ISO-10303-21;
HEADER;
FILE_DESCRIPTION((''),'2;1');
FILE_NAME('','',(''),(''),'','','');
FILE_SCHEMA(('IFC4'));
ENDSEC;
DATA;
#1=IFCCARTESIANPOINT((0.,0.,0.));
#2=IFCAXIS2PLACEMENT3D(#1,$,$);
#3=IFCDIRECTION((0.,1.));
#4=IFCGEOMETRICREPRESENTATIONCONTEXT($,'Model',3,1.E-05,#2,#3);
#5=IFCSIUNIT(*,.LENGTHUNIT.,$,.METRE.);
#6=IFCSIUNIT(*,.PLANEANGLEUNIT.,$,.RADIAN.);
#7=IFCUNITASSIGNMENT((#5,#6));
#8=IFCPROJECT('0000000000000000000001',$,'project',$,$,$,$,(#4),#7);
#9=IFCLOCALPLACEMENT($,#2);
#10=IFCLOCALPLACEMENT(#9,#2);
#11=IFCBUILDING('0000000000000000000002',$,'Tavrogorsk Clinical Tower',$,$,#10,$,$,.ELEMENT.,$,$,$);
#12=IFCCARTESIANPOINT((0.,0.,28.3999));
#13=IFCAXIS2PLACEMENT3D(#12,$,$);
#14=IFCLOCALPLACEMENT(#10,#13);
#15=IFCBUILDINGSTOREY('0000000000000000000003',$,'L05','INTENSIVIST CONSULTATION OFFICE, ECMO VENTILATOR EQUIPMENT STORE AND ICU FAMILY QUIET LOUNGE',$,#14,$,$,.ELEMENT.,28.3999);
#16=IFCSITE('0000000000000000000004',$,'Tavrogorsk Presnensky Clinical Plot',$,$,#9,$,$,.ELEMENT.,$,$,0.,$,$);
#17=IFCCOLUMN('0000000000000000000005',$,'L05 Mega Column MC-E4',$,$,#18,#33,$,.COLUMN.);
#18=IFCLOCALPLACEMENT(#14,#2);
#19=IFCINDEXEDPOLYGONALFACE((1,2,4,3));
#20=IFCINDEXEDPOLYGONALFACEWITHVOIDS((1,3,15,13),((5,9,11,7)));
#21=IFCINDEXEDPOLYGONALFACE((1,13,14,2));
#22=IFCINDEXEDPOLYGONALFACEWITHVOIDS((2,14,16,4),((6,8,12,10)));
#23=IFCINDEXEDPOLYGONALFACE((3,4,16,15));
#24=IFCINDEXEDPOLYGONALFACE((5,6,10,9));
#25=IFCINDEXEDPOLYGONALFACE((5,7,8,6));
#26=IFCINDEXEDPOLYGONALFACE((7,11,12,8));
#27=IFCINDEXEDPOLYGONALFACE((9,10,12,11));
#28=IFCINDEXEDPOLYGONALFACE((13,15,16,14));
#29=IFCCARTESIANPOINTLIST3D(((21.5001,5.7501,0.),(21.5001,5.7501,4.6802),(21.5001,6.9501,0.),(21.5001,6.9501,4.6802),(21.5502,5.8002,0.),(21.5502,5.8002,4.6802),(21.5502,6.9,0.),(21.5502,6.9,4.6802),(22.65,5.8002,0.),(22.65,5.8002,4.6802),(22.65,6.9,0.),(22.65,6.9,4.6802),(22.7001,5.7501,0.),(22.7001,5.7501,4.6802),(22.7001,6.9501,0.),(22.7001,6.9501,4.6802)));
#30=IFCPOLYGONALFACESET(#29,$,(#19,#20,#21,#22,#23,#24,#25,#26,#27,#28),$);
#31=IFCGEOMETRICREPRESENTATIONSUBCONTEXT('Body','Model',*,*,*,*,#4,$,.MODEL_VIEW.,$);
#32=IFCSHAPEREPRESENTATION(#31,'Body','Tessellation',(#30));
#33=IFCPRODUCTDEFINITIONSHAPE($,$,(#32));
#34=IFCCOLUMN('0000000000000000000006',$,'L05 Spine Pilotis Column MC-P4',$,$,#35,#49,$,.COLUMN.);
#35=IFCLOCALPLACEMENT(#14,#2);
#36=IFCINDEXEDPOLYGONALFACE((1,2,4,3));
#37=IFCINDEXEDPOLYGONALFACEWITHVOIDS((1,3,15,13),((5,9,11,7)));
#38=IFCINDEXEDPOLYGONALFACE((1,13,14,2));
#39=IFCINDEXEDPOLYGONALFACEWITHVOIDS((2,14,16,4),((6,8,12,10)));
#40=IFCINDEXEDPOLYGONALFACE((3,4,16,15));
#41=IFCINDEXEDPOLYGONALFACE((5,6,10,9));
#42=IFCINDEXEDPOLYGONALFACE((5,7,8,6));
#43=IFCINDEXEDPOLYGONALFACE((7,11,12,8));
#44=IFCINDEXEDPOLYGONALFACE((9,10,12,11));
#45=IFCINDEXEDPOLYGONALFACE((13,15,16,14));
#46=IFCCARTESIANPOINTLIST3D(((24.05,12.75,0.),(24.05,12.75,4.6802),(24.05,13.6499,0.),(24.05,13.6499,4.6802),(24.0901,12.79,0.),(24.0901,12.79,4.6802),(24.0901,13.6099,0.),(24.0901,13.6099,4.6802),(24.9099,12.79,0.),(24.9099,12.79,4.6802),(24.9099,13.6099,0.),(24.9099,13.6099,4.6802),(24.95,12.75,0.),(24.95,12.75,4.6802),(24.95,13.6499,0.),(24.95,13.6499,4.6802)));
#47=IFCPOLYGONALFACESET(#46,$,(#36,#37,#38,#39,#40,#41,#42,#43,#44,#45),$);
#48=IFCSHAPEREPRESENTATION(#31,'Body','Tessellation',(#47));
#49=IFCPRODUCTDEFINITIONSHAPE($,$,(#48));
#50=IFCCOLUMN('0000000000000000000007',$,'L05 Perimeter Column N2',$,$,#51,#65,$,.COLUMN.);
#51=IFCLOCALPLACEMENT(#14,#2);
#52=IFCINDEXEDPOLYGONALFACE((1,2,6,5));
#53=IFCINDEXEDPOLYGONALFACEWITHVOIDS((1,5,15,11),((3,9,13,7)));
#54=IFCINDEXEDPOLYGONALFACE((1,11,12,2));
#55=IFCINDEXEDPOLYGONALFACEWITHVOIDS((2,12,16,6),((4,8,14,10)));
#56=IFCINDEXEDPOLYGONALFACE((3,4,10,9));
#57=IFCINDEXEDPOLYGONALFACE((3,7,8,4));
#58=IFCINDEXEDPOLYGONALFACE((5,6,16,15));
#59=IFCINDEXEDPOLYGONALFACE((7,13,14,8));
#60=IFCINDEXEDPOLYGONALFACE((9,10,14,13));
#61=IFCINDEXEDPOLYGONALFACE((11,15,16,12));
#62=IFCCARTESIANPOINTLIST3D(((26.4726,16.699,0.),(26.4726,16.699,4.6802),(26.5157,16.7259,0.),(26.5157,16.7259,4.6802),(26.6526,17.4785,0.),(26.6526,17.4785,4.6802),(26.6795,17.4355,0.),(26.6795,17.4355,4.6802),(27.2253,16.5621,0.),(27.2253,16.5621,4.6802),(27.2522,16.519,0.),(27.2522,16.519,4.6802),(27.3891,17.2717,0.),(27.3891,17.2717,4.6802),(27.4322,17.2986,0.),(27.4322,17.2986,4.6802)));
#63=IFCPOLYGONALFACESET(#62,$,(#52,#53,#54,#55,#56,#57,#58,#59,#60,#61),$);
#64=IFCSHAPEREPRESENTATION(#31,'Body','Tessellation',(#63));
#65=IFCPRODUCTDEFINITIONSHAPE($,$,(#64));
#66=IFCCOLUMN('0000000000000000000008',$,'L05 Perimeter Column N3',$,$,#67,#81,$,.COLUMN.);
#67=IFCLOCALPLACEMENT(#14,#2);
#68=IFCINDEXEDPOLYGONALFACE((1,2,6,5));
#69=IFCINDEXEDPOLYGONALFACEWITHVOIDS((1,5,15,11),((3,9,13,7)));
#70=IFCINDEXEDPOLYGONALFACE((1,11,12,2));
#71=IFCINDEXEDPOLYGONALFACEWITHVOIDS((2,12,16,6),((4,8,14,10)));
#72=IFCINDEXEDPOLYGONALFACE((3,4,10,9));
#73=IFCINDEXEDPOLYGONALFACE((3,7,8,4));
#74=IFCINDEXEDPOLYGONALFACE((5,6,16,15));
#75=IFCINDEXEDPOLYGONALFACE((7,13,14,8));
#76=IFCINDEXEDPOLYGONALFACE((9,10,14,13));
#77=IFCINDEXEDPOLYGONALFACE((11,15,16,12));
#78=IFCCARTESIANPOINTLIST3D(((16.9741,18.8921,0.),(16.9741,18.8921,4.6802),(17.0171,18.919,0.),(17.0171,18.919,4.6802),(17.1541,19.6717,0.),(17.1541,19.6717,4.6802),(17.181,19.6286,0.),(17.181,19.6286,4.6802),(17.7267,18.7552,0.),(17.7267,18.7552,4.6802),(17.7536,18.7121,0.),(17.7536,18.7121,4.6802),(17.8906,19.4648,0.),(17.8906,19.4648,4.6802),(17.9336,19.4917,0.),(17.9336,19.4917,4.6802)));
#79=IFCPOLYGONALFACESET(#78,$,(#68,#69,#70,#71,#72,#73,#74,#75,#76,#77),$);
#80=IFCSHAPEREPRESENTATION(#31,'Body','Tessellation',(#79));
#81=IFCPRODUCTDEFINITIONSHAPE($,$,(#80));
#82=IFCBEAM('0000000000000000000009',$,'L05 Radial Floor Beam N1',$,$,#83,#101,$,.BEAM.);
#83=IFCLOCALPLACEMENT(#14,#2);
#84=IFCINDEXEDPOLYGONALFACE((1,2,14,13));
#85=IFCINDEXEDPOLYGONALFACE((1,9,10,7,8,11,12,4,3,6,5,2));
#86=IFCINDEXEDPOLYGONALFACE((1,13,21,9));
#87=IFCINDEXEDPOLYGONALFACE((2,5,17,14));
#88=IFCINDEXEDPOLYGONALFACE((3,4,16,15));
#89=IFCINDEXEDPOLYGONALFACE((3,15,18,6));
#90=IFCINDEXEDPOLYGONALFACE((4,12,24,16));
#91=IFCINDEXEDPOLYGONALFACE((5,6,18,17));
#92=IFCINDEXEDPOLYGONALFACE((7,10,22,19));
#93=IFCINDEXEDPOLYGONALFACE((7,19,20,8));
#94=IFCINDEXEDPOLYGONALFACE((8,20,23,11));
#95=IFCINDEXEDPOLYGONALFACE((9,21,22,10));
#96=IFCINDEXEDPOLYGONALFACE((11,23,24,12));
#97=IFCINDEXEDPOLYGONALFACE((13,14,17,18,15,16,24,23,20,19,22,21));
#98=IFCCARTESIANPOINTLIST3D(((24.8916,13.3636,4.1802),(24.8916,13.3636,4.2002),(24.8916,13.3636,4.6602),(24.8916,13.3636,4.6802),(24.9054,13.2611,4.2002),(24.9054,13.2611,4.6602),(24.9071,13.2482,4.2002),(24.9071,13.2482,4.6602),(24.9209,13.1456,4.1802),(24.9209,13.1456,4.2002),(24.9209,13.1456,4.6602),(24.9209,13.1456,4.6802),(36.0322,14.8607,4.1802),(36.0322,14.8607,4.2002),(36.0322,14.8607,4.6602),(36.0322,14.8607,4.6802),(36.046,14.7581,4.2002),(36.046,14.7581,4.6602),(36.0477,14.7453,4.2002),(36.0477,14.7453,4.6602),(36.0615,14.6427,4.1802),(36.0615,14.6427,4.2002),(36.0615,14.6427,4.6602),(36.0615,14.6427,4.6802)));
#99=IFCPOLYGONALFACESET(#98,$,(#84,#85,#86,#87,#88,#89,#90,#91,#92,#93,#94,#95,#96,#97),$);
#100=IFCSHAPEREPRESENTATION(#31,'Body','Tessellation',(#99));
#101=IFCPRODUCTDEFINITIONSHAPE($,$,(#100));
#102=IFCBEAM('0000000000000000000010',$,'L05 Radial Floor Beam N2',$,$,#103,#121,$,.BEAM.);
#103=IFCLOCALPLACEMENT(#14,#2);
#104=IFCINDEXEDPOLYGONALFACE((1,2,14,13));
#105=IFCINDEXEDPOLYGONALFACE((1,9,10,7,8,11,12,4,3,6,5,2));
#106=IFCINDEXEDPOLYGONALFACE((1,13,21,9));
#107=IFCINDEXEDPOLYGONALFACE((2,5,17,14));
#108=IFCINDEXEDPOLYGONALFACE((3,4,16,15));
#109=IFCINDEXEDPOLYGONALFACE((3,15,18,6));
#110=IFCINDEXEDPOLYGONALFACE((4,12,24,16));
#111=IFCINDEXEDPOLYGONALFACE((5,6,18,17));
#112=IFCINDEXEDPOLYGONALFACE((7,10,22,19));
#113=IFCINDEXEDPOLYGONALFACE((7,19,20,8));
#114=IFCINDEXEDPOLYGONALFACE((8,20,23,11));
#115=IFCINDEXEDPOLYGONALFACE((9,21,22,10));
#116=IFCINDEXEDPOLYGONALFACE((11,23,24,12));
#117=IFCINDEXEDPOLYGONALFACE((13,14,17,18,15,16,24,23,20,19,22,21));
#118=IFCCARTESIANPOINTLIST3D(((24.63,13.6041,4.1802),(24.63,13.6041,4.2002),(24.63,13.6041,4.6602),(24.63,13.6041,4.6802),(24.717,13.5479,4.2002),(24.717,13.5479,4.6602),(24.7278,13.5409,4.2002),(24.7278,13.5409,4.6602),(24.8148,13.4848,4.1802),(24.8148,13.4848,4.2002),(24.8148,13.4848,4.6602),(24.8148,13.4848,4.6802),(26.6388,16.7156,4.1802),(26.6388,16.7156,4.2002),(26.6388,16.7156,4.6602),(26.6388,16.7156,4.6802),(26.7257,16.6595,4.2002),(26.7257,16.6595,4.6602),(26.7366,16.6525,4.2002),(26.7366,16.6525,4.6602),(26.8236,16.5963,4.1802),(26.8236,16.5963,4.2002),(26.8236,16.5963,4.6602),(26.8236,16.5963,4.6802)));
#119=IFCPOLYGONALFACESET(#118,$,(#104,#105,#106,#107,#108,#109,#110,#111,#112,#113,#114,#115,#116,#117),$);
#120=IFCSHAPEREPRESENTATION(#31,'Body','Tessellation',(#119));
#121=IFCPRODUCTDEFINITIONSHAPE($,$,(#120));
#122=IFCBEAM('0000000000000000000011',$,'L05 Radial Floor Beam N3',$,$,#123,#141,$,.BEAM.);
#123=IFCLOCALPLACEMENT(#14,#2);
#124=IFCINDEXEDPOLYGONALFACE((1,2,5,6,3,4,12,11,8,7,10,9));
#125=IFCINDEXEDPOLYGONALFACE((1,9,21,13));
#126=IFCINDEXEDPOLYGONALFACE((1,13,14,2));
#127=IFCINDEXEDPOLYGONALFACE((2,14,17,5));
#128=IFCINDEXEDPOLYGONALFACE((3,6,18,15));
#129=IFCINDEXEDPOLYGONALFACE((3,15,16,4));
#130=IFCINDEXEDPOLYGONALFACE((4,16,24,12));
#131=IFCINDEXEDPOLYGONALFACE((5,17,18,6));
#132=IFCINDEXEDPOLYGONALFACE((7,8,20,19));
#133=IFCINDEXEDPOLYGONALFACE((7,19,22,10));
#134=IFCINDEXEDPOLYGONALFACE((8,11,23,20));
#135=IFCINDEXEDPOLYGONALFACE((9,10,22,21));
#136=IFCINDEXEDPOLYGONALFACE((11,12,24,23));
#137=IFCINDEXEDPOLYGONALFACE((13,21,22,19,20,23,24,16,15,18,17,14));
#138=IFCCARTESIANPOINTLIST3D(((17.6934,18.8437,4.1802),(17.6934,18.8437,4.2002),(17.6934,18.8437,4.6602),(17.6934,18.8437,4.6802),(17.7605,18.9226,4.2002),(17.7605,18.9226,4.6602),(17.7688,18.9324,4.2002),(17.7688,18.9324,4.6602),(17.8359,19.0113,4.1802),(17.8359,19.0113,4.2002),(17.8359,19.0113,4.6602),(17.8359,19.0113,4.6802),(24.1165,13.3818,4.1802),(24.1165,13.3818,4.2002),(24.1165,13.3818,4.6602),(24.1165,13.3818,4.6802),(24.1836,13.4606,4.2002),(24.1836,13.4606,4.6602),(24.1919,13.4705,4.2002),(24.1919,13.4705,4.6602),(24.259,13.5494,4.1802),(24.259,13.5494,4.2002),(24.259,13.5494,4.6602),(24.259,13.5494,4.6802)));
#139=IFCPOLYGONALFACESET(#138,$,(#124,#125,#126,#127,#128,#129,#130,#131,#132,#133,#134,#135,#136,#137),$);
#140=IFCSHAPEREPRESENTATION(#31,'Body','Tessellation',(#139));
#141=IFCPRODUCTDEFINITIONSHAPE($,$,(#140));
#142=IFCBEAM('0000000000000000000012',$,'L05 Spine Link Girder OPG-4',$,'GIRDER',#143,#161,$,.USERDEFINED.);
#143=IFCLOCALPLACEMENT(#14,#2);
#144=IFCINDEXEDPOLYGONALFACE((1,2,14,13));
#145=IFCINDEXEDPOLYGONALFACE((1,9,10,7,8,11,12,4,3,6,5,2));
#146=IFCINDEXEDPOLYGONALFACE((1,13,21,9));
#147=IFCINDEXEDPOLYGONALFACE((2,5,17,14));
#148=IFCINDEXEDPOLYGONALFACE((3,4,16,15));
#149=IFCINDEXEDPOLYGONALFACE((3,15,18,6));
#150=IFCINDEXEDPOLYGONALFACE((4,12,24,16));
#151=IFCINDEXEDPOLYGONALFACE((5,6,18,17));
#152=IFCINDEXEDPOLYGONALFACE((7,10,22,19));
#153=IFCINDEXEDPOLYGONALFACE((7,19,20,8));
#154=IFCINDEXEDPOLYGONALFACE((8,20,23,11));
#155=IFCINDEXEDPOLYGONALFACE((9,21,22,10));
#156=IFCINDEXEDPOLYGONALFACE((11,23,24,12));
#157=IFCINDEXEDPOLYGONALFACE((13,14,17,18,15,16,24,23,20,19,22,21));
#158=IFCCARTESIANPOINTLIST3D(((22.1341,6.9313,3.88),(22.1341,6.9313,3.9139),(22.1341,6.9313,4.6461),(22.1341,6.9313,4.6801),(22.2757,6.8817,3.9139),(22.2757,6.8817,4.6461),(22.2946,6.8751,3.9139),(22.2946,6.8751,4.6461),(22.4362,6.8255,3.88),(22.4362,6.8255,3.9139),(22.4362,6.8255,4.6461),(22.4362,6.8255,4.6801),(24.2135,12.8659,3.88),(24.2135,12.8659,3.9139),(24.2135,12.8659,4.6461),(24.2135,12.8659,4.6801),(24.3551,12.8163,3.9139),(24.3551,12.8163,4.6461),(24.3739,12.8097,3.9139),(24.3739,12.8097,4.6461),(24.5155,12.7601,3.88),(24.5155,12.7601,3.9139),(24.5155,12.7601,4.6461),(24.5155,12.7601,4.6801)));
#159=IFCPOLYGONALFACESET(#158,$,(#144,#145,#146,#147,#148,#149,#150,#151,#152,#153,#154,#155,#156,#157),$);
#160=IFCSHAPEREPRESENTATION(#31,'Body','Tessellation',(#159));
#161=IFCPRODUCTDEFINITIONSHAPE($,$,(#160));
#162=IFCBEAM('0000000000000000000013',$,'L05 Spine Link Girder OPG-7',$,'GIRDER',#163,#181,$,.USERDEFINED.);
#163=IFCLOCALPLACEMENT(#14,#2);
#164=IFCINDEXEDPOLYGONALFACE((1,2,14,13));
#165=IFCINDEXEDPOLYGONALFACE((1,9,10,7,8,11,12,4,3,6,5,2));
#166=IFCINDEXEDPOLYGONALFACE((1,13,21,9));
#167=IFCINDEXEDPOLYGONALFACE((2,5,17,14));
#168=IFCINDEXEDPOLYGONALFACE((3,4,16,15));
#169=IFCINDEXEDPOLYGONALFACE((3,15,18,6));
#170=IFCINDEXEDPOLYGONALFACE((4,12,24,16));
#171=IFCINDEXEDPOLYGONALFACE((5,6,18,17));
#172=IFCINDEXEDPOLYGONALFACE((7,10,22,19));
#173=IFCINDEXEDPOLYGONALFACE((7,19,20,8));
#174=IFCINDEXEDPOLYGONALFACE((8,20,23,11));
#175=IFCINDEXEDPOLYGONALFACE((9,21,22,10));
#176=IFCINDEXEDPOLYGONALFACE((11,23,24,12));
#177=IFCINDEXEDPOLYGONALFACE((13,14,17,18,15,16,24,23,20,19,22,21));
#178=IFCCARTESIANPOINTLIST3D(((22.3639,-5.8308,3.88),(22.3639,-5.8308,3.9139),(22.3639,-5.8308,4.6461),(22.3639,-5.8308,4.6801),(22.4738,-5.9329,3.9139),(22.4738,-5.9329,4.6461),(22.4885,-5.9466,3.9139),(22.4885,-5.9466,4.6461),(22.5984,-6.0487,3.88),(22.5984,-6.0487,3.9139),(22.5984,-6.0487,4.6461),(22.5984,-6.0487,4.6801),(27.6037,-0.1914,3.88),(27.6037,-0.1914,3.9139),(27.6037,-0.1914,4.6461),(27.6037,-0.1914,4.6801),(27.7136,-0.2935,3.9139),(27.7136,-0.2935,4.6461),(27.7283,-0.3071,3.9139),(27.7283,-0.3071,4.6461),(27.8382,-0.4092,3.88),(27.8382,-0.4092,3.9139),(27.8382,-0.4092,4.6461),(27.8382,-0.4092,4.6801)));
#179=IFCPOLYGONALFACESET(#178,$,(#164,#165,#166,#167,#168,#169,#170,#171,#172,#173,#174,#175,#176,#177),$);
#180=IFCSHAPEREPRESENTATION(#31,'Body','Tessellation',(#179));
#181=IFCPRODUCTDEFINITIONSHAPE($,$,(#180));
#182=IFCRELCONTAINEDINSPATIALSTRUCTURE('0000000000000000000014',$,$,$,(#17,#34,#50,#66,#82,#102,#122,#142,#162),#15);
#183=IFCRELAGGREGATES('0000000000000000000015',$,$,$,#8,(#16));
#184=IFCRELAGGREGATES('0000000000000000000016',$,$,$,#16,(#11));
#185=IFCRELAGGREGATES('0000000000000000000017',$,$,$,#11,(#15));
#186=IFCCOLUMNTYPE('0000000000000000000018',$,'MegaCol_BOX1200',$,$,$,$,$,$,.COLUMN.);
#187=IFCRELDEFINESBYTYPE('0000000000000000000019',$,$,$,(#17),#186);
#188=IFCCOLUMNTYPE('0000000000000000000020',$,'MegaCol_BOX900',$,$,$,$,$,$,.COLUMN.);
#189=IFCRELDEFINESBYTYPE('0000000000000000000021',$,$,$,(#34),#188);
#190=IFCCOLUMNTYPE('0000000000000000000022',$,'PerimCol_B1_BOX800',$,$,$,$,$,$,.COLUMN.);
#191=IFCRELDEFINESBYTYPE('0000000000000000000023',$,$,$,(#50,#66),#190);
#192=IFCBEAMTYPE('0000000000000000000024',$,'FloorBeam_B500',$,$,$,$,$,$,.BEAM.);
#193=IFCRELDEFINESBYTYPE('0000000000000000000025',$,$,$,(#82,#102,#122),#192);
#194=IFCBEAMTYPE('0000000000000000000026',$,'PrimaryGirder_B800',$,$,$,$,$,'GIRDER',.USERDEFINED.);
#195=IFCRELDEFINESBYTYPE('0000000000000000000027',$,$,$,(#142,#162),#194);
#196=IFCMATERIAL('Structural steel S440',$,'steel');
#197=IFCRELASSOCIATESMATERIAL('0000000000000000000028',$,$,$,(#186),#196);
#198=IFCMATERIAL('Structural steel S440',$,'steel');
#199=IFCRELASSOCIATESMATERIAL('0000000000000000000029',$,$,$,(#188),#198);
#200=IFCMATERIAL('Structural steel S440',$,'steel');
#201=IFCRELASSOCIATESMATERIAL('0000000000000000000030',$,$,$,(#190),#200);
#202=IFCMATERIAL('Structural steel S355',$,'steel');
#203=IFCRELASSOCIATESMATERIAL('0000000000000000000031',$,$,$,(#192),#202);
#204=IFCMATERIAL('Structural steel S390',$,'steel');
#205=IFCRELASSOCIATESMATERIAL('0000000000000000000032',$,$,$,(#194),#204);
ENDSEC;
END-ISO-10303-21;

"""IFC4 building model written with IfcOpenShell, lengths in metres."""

from ifc_helpers import new_model, si_unit, direction, frame, origin, origin_2d, place, context, subcontext, project, spatial, hollow_rectangle, i_section, extrude, material, material_profile, profile_set, type_object, element, save


model = new_model("IFC4")

# Units and contexts
model_context = context("Model", 3, precision=1e-05, world=origin(), true_north=direction((0.0, 1.0)))
body_context = subcontext(model_context, "Body", "Model", "MODEL_VIEW")
ifc_project = project(units=[si_unit("LENGTHUNIT", "METRE"), si_unit("PLANEANGLEUNIT", "RADIAN")], contexts=[model_context])

# Site, building, storey
site_placement = place(None, origin())
site = spatial("IfcSite", under=ifc_project, at=site_placement, Name="Tavrogorsk Presnensky Clinical Plot", CompositionType="ELEMENT", RefElevation=0.0)
building_placement = place(site_placement, origin())
building = spatial("IfcBuilding", under=site, at=building_placement, Name="Tavrogorsk Clinical Tower", CompositionType="ELEMENT")
storey_placement = place(building_placement, frame((0.0, 0.0, 28.3999)))
storey = spatial("IfcBuildingStorey", under=building, at=storey_placement, Name="L05", Description="INTENSIVIST CONSULTATION OFFICE, ECMO VENTILATOR EQUIPMENT STORE AND ICU FAMILY QUIET LOUNGE", CompositionType="ELEMENT", Elevation=28.3999)

# Columns
ifc_material_1 = material(Name="Structural steel S440", Category="steel")
ifc_material_profile_1 = material_profile(ifc_material_1, hollow_rectangle(XDim=1.2, YDim=1.2, WallThickness=0.05, at=origin_2d()), Name="BOX-1200x1200x50")
ifc_profile_set_1 = profile_set([ifc_material_profile_1], Name="Structural steel S440")
column_type_1 = type_object("IfcColumnType", Name="MegaCol_BOX1200", PredefinedType="COLUMN", material=ifc_profile_set_1)
column_1_placement = place(storey_placement, frame((22.1001, 6.3501, 0.0), z_axis=(0.0, 0.0, 1.0), x_axis=(1.0, 0.0, 0.0)))
element("IfcColumn", 1, at=column_1_placement, inside=storey, type_object=column_type_1, Name="L05 Mega Column MC-E4", PredefinedType="COLUMN", context=body_context, shape_type="SweptSolid", body=[
    extrude(hollow_rectangle(XDim=1.2, YDim=1.2, WallThickness=0.05, at=origin_2d()), origin(), (0.0, 0.0, 1.0), 4.6802),
])
ifc_material_2 = material(Name="Structural steel S440", Category="steel")
ifc_material_profile_2 = material_profile(ifc_material_2, hollow_rectangle(XDim=0.8999, YDim=0.8999, WallThickness=0.04, at=origin_2d()), Name="BOX-900x900x40")
ifc_profile_set_2 = profile_set([ifc_material_profile_2], Name="Structural steel S440")
column_type_2 = type_object("IfcColumnType", Name="MegaCol_BOX900", PredefinedType="COLUMN", material=ifc_profile_set_2)
column_2_placement = place(storey_placement, frame((24.5, 13.2, 0.0), z_axis=(0.0, 0.0, 1.0), x_axis=(1.0, 0.0, 0.0)))
element("IfcColumn", 2, at=column_2_placement, inside=storey, type_object=column_type_2, Name="L05 Spine Pilotis Column MC-P4", PredefinedType="COLUMN", context=body_context, shape_type="SweptSolid", body=[
    extrude(hollow_rectangle(XDim=0.8999, YDim=0.8999, WallThickness=0.04, at=origin_2d()), origin(), (0.0, 0.0, 1.0), 4.6802),
])
ifc_material_3 = material(Name="Structural steel S440", Category="steel")
ifc_material_profile_3 = material_profile(ifc_material_3, hollow_rectangle(XDim=0.8, YDim=0.8, WallThickness=0.0359, at=origin_2d()), Name="BOX-800x800x36")
ifc_profile_set_3 = profile_set([ifc_material_profile_3], Name="Structural steel S440")
column_type_3 = type_object("IfcColumnType", Name="PerimCol_B1_BOX800", PredefinedType="COLUMN", material=ifc_profile_set_3)
for number, where, z_axis, x_axis, name in (
    (3, (26.9524, 16.9988, 0.0), (0.0, 0.0, 1.0), (0.97437, -0.224951, 0.0), "L05 Perimeter Column N2"),
    (4, (17.4539, 19.1919, 0.0), (0.0, 0.0, 1.0), (0.97437, -0.224951, 0.0), "L05 Perimeter Column N3"),
):
    element("IfcColumn", number, at=place(storey_placement, frame(where, z_axis=z_axis, x_axis=x_axis)), inside=storey, type_object=column_type_3, Name=name, PredefinedType="COLUMN", context=body_context, shape_type="SweptSolid", body=[
        extrude(hollow_rectangle(XDim=0.8, YDim=0.8, WallThickness=0.0359, at=origin_2d()), origin(), (0.0, 0.0, 1.0), 4.6802),
    ])

# Beams
ifc_material_4 = material(Name="Structural steel S355", Category="steel")
ifc_material_profile_4 = material_profile(ifc_material_4, i_section(OverallWidth=0.22, OverallDepth=0.5, WebThickness=0.0129, FlangeThickness=0.02, at=origin_2d()), Name="B-500x220x13x20")
ifc_profile_set_4 = profile_set([ifc_material_profile_4], Name="Structural steel S355")
beam_type_1 = type_object("IfcBeamType", Name="FloorBeam_B500", PredefinedType="BEAM", material=ifc_profile_set_4)
beam_1_placement = place(storey_placement, frame((24.9062, 13.2546, 4.4302), z_axis=(0.991092, 0.133182, 0.0), x_axis=(-0.133182, 0.991092, 0.0)))
element("IfcBeam", 5, at=beam_1_placement, inside=storey, type_object=beam_type_1, Name="L05 Radial Floor Beam N1", PredefinedType="BEAM", context=body_context, shape_type="SweptSolid", body=[
    extrude(i_section(OverallWidth=0.22, OverallDepth=0.5, WebThickness=0.0129, FlangeThickness=0.02, at=origin_2d()), origin(), (0.0, 0.0, 1.0), 11.2407),
])
beam_2_placement = place(storey_placement, frame((24.7224, 13.5444, 4.4302), z_axis=(0.542379, 0.840134, 0.0), x_axis=(-0.840134, 0.542379, 0.0)))
element("IfcBeam", 6, at=beam_2_placement, inside=storey, type_object=beam_type_1, Name="L05 Radial Floor Beam N2", PredefinedType="BEAM", context=body_context, shape_type="SweptSolid", body=[
    extrude(i_section(OverallWidth=0.22, OverallDepth=0.5, WebThickness=0.0129, FlangeThickness=0.02, at=origin_2d()), origin(), (0.0, 0.0, 1.0), 3.7036),
])
beam_3_placement = place(storey_placement, frame((24.1877, 13.4656, 4.4302), z_axis=(-0.761806, 0.647806, 0.0), x_axis=(-0.647806, -0.761806, 0.0)))
element("IfcBeam", 7, at=beam_3_placement, inside=storey, type_object=beam_type_1, Name="L05 Radial Floor Beam N3", PredefinedType="BEAM", context=body_context, shape_type="SweptSolid", body=[
    extrude(i_section(OverallWidth=0.22, OverallDepth=0.5, WebThickness=0.0129, FlangeThickness=0.02, at=origin_2d()), origin(), (0.0, 0.0, 1.0), 8.4314),
])
ifc_material_5 = material(Name="Structural steel S390", Category="steel")
ifc_material_profile_5 = material_profile(ifc_material_5, i_section(OverallWidth=0.3201, OverallDepth=0.8, WebThickness=0.02, FlangeThickness=0.0339, at=origin_2d()), Name="B-800x320x20x34")
ifc_profile_set_5 = profile_set([ifc_material_profile_5], Name="Structural steel S390")
beam_type_2 = type_object("IfcBeamType", Name="PrimaryGirder_B800", ElementType="GIRDER", PredefinedType="USERDEFINED", material=ifc_profile_set_5)
beam_4_placement = place(storey_placement, frame((24.3645, 12.813, 4.28), z_axis=(-0.330669, -0.943747, 0.0), x_axis=(0.943747, -0.330669, 0.0)))
element("IfcBeam", 8, at=beam_4_placement, inside=storey, type_object=beam_type_2, Name="L05 Spine Link Girder OPG-4", ObjectType="GIRDER", PredefinedType="USERDEFINED", context=body_context, shape_type="SweptSolid", body=[
    extrude(i_section(OverallWidth=0.3201, OverallDepth=0.8, WebThickness=0.02, FlangeThickness=0.0339, at=origin_2d()), origin(), (0.0, 0.0, 1.0), 6.2883),
])
for number, where, z_axis, x_axis, name in (
    (9, (27.7209, -0.3003, 4.28), (-0.680671, -0.732589, 0.0), (0.732589, -0.680671, 0.0), "L05 Spine Link Girder OPG-7"),
):
    element("IfcBeam", number, at=place(storey_placement, frame(where, z_axis=z_axis, x_axis=x_axis)), inside=storey, type_object=beam_type_2, Name=name, ObjectType="GIRDER", PredefinedType="USERDEFINED", context=body_context, shape_type="SweptSolid", body=[
        extrude(i_section(OverallWidth=0.3201, OverallDepth=0.8, WebThickness=0.02, FlangeThickness=0.0339, at=origin_2d()), origin(), (0.0, 0.0, 1.0), 7.698),
    ])

save(model, "model.ifc")
